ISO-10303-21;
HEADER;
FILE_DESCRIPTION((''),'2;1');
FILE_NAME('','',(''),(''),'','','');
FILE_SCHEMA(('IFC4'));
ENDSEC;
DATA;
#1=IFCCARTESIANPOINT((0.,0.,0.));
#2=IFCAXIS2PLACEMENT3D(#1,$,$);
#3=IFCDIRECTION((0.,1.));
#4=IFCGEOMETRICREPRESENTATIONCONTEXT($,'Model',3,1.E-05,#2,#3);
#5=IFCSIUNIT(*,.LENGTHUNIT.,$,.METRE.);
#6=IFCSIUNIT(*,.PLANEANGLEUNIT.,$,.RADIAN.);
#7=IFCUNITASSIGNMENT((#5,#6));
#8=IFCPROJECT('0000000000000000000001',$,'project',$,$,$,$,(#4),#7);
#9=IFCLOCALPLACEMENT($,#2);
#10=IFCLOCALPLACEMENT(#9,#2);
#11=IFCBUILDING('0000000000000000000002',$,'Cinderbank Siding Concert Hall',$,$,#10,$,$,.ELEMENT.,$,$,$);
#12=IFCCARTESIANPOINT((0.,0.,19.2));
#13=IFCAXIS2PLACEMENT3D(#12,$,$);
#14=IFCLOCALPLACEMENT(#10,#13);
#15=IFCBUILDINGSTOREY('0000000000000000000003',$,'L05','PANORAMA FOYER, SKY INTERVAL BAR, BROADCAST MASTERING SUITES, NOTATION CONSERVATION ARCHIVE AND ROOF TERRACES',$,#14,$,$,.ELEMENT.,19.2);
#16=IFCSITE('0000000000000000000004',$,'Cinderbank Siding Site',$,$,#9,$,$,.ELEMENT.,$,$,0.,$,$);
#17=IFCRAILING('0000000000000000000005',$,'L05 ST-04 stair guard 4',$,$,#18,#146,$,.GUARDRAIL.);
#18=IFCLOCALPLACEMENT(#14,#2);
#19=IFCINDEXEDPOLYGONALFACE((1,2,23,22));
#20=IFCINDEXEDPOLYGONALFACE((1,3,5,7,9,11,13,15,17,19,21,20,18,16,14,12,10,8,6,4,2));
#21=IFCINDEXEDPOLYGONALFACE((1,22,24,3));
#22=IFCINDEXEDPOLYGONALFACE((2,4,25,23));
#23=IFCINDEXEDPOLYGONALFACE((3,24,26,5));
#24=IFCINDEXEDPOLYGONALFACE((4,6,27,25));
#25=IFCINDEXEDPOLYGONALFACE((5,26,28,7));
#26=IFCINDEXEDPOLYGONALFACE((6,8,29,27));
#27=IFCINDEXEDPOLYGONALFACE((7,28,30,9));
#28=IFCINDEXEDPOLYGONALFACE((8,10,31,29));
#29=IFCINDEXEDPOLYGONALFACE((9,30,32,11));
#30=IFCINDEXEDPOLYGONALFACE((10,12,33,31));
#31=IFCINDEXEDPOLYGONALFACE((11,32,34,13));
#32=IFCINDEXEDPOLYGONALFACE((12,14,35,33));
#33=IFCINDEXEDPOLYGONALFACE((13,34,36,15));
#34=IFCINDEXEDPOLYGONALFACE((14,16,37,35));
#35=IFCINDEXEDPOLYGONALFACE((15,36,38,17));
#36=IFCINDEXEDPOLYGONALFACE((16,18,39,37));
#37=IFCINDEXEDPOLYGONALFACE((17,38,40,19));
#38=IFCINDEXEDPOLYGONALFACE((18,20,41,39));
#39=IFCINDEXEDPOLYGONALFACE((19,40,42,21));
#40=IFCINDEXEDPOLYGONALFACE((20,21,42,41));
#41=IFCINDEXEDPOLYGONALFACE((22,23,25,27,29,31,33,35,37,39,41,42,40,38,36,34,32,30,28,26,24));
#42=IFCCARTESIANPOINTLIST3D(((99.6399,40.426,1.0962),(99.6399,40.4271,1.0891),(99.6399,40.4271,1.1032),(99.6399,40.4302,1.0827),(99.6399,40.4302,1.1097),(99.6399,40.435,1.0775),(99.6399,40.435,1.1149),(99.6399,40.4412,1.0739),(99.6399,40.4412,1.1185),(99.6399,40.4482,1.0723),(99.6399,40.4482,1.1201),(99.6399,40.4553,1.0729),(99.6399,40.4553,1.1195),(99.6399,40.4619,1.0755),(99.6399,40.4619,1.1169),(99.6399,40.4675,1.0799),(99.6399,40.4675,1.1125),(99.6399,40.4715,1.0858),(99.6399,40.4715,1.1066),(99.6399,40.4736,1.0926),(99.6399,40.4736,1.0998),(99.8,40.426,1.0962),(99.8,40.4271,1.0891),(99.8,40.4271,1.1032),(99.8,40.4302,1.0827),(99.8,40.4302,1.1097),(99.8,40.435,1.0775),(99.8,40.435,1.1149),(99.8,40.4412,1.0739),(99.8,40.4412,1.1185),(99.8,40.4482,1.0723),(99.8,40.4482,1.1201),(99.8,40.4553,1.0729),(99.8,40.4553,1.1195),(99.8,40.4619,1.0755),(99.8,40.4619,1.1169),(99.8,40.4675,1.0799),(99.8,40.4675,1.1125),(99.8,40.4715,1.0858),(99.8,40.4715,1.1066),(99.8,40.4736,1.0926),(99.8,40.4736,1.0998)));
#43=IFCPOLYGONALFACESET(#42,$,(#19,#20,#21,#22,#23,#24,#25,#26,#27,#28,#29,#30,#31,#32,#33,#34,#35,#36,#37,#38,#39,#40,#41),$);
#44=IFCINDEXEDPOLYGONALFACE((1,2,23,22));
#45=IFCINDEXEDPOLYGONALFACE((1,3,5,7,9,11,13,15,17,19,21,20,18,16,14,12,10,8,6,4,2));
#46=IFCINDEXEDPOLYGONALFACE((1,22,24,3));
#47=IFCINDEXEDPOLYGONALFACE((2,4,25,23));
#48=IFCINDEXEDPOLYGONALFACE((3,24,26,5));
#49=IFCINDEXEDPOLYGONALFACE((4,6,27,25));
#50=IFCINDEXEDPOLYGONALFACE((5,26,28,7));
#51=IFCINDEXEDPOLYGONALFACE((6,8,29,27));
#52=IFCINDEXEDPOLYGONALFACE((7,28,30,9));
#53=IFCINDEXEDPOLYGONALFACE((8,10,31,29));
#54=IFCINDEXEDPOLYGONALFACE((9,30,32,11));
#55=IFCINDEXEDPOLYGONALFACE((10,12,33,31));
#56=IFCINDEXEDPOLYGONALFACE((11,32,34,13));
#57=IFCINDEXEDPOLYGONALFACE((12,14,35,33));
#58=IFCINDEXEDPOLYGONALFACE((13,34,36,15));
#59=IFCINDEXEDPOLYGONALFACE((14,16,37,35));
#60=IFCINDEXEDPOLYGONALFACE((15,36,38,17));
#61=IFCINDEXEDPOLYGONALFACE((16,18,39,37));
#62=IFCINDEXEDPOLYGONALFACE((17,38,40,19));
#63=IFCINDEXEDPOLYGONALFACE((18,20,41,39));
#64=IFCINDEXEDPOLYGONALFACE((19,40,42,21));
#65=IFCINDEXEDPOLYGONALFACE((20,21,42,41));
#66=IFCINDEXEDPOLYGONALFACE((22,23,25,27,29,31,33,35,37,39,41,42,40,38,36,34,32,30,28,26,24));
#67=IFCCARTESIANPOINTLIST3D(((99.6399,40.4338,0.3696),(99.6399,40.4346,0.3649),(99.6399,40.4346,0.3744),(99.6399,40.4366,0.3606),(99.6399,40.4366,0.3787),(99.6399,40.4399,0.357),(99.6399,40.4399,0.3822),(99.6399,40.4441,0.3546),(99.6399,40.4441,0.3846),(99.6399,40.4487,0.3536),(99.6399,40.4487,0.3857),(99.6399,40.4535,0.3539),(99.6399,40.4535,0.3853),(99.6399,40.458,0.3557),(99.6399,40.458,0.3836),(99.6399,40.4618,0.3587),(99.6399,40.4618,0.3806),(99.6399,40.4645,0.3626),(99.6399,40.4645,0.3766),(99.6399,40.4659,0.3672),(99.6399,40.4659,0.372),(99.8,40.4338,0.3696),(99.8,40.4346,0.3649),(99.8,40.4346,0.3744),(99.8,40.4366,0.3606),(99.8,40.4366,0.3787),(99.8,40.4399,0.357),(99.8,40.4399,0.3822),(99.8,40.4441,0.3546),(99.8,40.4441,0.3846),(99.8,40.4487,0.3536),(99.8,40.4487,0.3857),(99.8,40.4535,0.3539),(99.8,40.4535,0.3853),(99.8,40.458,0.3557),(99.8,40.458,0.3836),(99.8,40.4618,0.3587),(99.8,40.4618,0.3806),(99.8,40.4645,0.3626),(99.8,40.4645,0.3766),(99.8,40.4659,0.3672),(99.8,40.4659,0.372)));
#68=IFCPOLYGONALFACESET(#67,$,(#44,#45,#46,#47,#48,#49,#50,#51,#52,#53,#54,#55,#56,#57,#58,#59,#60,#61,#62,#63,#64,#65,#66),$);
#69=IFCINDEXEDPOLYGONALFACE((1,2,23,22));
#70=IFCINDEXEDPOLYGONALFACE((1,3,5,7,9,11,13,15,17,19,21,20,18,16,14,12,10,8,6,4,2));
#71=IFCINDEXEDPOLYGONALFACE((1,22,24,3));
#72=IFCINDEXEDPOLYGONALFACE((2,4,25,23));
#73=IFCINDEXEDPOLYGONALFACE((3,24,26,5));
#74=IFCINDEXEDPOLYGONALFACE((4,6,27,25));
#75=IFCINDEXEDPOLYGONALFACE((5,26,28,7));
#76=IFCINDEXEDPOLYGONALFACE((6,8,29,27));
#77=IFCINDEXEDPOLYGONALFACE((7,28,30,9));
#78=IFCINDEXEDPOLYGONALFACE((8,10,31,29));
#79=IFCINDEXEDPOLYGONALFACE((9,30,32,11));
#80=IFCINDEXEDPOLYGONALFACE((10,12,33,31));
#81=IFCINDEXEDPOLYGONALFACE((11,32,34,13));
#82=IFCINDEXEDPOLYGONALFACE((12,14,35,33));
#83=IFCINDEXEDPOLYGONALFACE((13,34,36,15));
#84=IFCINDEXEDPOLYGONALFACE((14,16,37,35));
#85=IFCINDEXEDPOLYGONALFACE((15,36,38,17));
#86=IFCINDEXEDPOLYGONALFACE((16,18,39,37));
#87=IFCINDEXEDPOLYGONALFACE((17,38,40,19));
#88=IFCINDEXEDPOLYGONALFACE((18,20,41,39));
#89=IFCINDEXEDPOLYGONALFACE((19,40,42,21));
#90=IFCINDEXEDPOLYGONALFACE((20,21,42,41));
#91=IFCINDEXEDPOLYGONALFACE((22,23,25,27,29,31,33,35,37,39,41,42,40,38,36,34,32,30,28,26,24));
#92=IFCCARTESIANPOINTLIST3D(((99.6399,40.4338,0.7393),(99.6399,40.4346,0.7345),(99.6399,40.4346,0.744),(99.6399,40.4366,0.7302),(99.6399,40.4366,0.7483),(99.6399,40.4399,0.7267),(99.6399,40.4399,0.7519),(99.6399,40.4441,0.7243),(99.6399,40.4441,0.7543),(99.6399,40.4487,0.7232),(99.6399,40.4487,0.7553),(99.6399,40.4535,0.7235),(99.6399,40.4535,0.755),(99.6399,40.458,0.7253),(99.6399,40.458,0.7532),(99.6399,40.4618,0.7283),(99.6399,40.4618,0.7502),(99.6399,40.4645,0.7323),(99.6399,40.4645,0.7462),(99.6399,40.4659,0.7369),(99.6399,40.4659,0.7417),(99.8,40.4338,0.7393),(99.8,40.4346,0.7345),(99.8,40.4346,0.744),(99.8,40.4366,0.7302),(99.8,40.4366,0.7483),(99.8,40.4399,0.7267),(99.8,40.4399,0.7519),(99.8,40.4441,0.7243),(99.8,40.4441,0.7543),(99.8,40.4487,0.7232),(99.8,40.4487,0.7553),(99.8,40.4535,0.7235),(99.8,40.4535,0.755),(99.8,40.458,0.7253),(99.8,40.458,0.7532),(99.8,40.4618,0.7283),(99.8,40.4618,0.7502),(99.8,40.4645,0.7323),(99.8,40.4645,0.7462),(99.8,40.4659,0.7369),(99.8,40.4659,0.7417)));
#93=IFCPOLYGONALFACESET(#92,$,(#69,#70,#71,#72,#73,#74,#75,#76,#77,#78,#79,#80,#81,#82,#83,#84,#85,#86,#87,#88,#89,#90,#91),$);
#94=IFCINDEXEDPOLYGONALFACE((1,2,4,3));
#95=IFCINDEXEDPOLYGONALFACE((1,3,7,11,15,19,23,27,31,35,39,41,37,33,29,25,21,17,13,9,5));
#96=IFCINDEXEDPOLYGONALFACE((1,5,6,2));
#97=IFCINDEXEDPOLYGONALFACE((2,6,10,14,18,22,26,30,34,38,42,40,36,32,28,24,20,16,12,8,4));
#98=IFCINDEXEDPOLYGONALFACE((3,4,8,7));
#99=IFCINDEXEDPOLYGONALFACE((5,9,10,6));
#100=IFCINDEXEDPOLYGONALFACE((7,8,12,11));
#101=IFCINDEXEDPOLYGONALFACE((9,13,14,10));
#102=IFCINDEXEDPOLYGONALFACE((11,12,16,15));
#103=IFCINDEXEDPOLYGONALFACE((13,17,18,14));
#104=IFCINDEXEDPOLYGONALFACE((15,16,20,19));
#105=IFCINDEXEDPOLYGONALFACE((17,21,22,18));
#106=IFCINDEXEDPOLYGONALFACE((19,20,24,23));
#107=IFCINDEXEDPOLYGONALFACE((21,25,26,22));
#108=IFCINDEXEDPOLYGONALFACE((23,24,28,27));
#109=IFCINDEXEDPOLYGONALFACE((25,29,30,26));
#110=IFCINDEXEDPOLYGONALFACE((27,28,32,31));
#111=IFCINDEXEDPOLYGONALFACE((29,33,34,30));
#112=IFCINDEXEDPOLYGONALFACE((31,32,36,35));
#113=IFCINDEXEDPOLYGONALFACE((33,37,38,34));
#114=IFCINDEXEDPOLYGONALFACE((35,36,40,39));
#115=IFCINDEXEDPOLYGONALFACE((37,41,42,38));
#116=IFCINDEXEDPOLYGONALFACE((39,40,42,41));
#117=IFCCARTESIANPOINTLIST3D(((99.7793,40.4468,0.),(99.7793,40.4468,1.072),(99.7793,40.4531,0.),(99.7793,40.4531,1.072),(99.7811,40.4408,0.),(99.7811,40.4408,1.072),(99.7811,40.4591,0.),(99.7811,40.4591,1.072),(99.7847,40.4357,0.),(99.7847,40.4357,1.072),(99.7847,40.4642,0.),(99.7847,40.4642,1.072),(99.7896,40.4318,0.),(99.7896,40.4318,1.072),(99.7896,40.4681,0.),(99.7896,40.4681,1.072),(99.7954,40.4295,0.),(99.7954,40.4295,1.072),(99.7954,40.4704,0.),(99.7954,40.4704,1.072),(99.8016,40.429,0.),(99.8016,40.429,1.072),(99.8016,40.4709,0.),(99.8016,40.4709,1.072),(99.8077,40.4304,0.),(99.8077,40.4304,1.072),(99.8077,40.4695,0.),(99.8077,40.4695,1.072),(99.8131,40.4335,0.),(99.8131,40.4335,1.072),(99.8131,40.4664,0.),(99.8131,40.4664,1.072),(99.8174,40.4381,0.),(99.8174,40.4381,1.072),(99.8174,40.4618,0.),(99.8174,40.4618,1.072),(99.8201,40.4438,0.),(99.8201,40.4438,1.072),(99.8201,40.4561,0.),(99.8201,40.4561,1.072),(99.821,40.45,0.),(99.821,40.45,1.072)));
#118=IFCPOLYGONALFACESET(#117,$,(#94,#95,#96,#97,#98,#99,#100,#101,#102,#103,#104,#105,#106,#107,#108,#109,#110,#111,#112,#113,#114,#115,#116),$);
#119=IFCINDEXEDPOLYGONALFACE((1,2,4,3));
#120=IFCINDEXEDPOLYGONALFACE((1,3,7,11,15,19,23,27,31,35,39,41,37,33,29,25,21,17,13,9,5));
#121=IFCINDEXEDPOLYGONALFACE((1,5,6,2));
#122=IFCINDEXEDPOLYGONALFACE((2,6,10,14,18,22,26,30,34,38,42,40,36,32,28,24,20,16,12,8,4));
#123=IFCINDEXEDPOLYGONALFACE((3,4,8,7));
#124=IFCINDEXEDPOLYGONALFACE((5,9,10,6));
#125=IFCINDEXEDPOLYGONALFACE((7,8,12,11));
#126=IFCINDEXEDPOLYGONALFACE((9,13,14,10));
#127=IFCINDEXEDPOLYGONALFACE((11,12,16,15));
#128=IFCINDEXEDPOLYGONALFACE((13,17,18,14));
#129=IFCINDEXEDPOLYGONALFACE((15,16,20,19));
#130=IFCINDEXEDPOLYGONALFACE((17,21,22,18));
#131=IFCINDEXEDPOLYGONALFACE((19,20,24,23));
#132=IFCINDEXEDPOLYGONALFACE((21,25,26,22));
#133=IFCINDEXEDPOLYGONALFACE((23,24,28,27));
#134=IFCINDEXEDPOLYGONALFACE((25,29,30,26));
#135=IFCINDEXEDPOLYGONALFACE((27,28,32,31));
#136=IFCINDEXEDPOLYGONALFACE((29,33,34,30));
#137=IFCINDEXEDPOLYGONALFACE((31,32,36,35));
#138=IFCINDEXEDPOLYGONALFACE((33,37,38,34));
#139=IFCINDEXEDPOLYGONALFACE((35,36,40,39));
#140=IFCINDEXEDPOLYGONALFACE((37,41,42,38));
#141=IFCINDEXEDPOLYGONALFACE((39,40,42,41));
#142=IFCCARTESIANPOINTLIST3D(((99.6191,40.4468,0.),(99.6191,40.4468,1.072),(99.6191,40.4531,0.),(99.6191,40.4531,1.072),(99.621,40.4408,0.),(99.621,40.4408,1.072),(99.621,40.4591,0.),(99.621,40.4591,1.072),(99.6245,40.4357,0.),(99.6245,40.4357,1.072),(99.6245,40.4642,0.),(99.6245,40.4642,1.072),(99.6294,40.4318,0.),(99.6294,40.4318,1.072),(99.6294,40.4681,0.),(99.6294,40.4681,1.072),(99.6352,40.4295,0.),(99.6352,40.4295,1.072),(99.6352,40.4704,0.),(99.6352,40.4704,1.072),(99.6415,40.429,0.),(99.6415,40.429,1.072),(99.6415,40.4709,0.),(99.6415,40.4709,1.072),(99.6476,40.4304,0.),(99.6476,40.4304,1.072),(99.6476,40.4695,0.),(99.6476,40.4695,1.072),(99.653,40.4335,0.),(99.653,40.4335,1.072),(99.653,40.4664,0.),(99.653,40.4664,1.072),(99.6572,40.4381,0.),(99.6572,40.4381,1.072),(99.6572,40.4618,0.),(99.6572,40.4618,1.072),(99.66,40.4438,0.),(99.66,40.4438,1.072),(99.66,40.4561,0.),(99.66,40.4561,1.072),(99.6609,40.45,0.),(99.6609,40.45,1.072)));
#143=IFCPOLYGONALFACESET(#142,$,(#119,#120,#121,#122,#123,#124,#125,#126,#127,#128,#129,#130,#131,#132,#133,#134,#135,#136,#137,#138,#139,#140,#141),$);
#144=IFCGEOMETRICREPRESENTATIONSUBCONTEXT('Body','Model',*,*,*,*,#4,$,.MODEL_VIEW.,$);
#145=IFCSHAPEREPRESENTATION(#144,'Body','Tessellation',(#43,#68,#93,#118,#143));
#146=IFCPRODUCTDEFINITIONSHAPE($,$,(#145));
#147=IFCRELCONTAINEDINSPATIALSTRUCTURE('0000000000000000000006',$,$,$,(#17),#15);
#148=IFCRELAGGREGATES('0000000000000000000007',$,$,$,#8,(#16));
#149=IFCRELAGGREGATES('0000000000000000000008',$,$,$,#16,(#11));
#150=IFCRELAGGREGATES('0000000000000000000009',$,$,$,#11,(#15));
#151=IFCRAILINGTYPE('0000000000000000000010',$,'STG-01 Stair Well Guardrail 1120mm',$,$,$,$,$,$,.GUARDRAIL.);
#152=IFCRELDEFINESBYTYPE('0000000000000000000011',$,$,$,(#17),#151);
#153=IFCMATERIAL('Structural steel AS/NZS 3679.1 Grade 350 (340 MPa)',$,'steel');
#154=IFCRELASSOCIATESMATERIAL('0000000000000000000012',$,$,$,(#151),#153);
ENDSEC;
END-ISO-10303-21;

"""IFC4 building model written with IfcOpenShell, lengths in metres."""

from ifc_helpers import new_model, si_unit, direction, frame, origin, origin_2d, place, context, subcontext, project, spatial, circle, extrude, material, type_object, element, save


model = new_model("IFC4")

# Units and contexts
model_context = context("Model", 3, precision=1e-05, world=origin(), true_north=direction((0.0, 1.0)))
body_context = subcontext(model_context, "Body", "Model", "MODEL_VIEW")
ifc_project = project(units=[si_unit("LENGTHUNIT", "METRE"), si_unit("PLANEANGLEUNIT", "RADIAN")], contexts=[model_context])

# Site, building, storey
site_placement = place(None, origin())
site = spatial("IfcSite", under=ifc_project, at=site_placement, Name="Cinderbank Siding Site", CompositionType="ELEMENT", RefElevation=0.0)
building_placement = place(site_placement, origin())
building = spatial("IfcBuilding", under=site, at=building_placement, Name="Cinderbank Siding Concert Hall", CompositionType="ELEMENT")
storey_placement = place(building_placement, frame((0.0, 0.0, 19.2)))
storey = spatial("IfcBuildingStorey", under=building, at=storey_placement, Name="L05", Description="PANORAMA FOYER, SKY INTERVAL BAR, BROADCAST MASTERING SUITES, NOTATION CONSERVATION ARCHIVE AND ROOF TERRACES", CompositionType="ELEMENT", Elevation=19.2)

# Shared definitions
ifc_material_1 = material(Name="Structural steel AS/NZS 3679.1 Grade 350 (340 MPa)", Category="steel")

# Railing
railing_type_1 = type_object("IfcRailingType", Name="STG-01 Stair Well Guardrail 1120mm", PredefinedType="GUARDRAIL", material=ifc_material_1)
railing_1_placement = place(storey_placement, frame((99.8, 40.45, 0.0)))
element("IfcRailing", 1, at=railing_1_placement, inside=storey, type_object=railing_type_1, Name="L05 ST-04 stair guard 4", PredefinedType="GUARDRAIL", context=body_context, shape_type="SweptSolid", body=[
    extrude(circle(Radius=0.0239, at=origin_2d()), frame((0.0, 0.0, 1.0962), z_axis=(-1.0, 0.0, 0.0), x_axis=(0.0, -1.0, 0.0)), (0.0, 0.0, 1.0), 0.1602),
    extrude(circle(Radius=0.0161, at=origin_2d()), frame((0.0, 0.0, 0.3696), z_axis=(-1.0, 0.0, 0.0), x_axis=(0.0, -1.0, 0.0)), (0.0, 0.0, 1.0), 0.1602),
    extrude(circle(Radius=0.0161, at=origin_2d()), frame((0.0, 0.0, 0.7393), z_axis=(-1.0, 0.0, 0.0), x_axis=(0.0, -1.0, 0.0)), (0.0, 0.0, 1.0), 0.1602),
    extrude(circle(Radius=0.021, at=origin_2d()), origin(), (0.0, 0.0, 1.0), 1.072),
    extrude(circle(Radius=0.021, at=origin_2d()), frame((-0.1602, 0.0, 0.0)), (0.0, 0.0, 1.0), 1.072),
])

save(model, "model.ifc")
